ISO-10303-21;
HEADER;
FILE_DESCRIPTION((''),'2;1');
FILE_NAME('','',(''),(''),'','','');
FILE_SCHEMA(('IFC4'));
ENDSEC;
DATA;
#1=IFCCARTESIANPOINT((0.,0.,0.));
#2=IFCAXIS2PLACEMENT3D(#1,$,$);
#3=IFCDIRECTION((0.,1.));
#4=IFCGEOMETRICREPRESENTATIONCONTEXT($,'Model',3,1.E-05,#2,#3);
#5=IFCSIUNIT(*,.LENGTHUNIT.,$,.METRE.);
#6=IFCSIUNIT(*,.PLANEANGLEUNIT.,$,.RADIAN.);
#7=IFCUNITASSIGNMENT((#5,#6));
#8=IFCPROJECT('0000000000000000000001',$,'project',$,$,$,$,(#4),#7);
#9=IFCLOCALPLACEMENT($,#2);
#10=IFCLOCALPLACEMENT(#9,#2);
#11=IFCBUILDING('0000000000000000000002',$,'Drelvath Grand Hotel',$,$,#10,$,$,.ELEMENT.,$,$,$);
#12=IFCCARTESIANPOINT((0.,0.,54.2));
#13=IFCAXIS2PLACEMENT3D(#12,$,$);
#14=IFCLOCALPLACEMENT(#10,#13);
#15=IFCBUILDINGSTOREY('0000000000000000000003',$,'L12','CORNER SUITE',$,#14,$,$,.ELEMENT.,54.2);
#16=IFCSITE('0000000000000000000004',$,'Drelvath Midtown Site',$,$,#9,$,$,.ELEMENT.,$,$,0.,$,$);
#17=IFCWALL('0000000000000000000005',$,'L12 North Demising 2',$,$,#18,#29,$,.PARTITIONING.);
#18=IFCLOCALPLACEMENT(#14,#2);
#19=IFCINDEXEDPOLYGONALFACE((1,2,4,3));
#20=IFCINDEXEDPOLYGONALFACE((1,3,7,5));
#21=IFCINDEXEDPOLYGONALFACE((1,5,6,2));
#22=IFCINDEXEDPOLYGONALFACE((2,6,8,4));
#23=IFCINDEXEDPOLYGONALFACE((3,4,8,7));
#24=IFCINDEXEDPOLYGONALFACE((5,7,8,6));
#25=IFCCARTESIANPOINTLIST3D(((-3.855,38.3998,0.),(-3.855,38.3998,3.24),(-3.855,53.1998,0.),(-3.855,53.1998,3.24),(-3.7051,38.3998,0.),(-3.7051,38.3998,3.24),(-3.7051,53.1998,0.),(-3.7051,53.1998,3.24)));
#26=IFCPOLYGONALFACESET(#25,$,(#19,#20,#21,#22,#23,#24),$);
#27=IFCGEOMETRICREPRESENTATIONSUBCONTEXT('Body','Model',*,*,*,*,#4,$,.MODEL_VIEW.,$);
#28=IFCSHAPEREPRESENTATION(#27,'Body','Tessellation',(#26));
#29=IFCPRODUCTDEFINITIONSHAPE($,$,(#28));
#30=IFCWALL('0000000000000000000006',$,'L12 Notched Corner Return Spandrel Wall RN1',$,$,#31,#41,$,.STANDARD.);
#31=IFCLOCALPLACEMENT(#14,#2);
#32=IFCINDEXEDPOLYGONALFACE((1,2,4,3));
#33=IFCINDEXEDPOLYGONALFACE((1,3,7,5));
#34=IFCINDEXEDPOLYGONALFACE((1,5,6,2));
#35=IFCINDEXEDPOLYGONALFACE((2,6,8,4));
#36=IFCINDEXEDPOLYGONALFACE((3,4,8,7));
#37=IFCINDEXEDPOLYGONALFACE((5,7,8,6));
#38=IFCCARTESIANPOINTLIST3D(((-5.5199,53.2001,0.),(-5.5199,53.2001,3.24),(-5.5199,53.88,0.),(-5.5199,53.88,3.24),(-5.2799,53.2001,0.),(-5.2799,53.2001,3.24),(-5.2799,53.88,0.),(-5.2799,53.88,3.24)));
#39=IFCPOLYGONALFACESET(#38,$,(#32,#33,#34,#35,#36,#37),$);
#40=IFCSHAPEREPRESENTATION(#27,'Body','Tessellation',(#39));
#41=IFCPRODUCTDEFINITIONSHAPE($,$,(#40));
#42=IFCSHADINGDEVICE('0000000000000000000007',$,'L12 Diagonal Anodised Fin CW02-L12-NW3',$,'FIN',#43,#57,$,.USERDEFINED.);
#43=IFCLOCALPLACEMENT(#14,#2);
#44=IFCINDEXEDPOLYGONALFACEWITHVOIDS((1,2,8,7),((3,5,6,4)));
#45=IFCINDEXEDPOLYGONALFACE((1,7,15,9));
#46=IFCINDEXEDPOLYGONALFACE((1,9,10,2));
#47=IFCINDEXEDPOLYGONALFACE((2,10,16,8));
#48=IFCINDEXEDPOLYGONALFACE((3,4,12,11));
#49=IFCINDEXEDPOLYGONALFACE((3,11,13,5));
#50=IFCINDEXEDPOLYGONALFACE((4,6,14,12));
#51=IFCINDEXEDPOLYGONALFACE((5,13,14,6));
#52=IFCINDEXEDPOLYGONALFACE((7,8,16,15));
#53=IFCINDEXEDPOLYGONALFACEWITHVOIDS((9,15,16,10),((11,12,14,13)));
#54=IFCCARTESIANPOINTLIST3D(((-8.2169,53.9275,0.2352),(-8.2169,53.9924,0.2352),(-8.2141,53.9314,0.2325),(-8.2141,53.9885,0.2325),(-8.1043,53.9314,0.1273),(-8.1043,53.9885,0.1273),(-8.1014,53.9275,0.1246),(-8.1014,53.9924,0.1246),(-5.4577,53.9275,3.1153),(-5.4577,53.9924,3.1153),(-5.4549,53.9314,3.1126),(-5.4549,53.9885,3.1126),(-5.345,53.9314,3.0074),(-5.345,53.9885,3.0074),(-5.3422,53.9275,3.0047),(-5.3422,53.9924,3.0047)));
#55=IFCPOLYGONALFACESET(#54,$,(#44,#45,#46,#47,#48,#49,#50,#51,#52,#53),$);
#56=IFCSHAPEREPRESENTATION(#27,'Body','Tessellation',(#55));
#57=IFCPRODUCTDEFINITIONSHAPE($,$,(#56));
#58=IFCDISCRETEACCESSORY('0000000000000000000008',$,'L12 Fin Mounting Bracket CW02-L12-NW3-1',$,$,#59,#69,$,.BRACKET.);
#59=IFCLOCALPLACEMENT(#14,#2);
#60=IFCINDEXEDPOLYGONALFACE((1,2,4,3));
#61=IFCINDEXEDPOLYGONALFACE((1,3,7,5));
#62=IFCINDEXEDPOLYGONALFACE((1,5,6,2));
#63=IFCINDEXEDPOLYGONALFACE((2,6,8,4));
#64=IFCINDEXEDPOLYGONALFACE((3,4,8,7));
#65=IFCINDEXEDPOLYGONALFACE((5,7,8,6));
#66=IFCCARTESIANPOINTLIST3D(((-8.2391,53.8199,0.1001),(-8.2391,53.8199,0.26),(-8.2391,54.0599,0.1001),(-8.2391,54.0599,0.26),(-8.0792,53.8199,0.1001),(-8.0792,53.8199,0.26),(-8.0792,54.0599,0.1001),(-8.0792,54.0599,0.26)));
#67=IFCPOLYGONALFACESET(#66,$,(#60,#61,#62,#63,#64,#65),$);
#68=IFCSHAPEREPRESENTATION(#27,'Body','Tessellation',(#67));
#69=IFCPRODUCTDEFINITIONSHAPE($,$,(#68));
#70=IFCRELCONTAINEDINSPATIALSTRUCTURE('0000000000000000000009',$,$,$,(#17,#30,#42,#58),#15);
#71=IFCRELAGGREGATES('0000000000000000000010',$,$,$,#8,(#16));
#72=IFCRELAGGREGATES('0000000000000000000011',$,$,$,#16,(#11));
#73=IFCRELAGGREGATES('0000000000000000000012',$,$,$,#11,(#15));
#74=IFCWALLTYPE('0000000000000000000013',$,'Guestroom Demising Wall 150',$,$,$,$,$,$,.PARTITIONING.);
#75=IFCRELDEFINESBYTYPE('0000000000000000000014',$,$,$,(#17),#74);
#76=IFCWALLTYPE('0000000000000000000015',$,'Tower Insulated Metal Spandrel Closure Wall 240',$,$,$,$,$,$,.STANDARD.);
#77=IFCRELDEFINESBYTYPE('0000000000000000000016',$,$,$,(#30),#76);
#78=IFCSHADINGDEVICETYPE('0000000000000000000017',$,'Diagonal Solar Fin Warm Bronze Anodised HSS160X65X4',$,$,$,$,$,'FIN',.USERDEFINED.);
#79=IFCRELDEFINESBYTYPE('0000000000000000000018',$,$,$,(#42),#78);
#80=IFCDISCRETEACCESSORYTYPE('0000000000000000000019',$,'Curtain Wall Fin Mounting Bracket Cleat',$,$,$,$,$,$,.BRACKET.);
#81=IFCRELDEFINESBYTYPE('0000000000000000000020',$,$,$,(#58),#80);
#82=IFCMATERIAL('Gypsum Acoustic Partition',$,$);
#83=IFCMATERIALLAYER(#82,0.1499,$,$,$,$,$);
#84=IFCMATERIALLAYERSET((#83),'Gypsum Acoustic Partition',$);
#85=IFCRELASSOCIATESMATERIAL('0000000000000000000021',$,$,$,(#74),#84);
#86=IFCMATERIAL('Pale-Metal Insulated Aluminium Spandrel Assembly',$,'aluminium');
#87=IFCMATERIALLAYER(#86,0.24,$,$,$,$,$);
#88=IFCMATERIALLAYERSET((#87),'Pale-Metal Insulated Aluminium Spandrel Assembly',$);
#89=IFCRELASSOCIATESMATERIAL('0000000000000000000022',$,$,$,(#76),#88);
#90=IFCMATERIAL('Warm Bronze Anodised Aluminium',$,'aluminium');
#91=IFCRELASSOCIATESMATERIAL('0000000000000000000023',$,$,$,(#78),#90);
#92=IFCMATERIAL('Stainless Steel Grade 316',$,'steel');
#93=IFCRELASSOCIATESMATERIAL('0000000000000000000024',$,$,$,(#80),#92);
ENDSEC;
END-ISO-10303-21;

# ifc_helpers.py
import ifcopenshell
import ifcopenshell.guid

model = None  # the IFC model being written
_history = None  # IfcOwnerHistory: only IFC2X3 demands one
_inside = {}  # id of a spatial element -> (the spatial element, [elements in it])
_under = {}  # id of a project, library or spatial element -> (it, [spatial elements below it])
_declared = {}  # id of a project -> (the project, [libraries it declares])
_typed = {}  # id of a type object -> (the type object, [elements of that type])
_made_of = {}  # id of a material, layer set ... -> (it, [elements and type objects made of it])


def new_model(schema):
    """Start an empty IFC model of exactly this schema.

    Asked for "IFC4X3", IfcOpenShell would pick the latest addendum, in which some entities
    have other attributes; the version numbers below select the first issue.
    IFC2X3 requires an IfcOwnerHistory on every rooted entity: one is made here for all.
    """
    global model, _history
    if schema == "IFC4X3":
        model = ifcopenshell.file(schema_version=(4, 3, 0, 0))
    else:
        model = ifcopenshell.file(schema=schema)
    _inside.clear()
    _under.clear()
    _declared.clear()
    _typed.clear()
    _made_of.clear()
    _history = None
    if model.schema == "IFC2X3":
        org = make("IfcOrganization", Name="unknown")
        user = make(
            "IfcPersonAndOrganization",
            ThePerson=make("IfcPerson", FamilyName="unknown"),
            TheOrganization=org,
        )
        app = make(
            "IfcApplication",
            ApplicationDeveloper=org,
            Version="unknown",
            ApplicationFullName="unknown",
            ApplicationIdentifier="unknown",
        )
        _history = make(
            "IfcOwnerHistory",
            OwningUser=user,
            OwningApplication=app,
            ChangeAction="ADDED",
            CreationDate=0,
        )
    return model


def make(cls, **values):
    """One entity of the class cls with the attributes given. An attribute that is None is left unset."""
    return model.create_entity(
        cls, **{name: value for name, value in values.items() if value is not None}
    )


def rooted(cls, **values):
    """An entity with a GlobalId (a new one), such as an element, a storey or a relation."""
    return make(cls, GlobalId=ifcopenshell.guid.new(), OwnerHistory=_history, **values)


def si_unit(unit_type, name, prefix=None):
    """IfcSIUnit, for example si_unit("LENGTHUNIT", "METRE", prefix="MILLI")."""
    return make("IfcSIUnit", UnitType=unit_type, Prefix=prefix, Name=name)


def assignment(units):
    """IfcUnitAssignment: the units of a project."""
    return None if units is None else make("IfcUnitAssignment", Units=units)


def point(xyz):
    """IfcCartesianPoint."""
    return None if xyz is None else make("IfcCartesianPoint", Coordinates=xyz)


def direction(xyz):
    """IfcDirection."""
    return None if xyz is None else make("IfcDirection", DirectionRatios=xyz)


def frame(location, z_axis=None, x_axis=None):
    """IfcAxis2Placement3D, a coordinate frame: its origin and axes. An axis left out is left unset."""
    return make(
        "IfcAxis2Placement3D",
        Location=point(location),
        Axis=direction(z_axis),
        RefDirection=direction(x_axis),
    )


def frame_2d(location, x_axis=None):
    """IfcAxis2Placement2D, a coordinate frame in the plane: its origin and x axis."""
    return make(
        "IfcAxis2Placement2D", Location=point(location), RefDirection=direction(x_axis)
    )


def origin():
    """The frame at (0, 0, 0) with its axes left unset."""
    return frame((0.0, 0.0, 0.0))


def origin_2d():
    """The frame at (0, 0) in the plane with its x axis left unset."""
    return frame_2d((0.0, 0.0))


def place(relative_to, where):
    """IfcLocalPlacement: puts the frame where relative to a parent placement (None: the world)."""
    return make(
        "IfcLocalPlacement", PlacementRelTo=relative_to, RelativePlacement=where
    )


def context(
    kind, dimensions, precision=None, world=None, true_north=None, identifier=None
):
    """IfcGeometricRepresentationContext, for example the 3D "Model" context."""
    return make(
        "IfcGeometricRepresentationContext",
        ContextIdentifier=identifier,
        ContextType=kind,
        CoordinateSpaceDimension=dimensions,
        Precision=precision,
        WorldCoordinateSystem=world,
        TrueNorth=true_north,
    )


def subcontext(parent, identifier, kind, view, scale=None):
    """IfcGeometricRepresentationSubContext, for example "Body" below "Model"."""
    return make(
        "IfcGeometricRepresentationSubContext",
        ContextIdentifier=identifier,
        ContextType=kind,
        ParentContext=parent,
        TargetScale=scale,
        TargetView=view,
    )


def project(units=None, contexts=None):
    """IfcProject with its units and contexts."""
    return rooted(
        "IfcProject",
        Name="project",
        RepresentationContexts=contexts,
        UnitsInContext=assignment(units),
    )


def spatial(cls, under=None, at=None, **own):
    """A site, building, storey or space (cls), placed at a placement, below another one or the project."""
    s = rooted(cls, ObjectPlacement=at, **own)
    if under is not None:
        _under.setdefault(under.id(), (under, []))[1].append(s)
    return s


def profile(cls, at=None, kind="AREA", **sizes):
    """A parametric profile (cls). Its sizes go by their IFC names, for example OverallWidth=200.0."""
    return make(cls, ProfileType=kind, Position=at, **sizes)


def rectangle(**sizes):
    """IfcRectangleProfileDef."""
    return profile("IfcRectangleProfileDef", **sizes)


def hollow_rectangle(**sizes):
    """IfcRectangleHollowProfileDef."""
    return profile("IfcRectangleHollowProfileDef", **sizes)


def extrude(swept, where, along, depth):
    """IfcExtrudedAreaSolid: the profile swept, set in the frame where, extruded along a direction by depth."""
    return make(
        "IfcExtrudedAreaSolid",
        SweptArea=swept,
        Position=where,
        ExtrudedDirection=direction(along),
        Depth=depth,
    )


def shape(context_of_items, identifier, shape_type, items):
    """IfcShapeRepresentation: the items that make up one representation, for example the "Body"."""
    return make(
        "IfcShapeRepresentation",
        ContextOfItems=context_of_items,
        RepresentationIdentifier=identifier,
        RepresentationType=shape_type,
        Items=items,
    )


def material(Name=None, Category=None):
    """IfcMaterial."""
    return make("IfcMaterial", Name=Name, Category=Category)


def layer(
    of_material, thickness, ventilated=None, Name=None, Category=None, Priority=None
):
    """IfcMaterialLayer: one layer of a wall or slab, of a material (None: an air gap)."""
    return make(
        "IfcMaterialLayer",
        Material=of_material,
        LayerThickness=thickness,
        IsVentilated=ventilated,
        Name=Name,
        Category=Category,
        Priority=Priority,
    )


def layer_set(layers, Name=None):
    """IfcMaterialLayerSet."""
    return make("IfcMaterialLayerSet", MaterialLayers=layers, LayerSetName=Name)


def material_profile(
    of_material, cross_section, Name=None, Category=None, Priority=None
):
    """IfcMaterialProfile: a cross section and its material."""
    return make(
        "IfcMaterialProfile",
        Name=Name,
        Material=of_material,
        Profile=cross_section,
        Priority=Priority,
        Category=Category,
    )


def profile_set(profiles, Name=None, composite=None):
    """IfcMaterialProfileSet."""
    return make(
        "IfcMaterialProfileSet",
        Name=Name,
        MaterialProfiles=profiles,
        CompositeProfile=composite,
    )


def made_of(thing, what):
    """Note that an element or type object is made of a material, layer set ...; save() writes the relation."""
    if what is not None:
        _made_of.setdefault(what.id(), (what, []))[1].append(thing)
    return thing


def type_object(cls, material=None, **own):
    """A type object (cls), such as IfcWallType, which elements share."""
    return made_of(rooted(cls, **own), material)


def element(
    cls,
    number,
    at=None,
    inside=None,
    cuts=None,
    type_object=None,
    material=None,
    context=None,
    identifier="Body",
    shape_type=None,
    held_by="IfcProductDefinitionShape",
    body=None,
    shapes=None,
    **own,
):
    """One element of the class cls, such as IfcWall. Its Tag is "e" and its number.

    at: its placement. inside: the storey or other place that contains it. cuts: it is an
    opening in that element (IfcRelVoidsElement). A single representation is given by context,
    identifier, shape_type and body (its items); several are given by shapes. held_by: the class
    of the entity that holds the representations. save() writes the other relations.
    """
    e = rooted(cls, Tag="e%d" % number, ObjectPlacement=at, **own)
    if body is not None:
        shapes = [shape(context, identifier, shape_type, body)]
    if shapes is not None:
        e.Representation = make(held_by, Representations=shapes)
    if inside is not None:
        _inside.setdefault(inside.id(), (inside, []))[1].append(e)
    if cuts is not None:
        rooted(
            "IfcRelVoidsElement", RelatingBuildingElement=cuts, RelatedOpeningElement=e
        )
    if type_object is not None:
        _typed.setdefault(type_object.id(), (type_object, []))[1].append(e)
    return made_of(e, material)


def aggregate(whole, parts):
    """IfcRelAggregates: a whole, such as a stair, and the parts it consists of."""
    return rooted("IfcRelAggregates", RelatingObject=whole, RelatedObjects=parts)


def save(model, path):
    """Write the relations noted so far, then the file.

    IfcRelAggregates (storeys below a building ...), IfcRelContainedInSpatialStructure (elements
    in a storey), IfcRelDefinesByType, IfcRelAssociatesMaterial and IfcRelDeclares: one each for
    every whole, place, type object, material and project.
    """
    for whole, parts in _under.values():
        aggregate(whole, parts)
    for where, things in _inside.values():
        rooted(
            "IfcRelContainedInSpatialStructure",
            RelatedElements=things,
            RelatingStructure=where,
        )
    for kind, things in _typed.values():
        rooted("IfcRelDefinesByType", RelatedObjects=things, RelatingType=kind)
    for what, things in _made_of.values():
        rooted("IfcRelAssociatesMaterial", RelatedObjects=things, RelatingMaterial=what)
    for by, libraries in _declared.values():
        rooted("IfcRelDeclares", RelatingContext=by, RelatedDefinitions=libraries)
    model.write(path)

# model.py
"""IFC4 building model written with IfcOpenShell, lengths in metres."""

from ifc_helpers import new_model, si_unit, direction, frame, frame_2d, origin, origin_2d, place, context, subcontext, project, spatial, rectangle, hollow_rectangle, extrude, material, layer, layer_set, material_profile, profile_set, type_object, element, save


model = new_model("IFC4")

# Units and contexts
model_context = context("Model", 3, precision=1e-05, world=origin(), true_north=direction((0.0, 1.0)))
body_context = subcontext(model_context, "Body", "Model", "MODEL_VIEW")
ifc_project = project(units=[si_unit("LENGTHUNIT", "METRE"), si_unit("PLANEANGLEUNIT", "RADIAN")], contexts=[model_context])

# Site, building, storey
site_placement = place(None, origin())
site = spatial("IfcSite", under=ifc_project, at=site_placement, Name="Drelvath Midtown Site", CompositionType="ELEMENT", RefElevation=0.0)
building_placement = place(site_placement, origin())
building = spatial("IfcBuilding", under=site, at=building_placement, Name="Drelvath Grand Hotel", CompositionType="ELEMENT")
storey_placement = place(building_placement, frame((0.0, 0.0, 54.2)))
storey = spatial("IfcBuildingStorey", under=building, at=storey_placement, Name="L12", Description="CORNER SUITE", CompositionType="ELEMENT", Elevation=54.2)

# Walls
ifc_material_1 = material(Name="Gypsum Acoustic Partition")
ifc_layer_1 = layer(ifc_material_1, 0.1499)
ifc_layer_set_1 = layer_set([ifc_layer_1], Name="Gypsum Acoustic Partition")
wall_type_1 = type_object("IfcWallType", Name="Guestroom Demising Wall 150", PredefinedType="PARTITIONING", material=ifc_layer_set_1)
wall_1_placement = place(storey_placement, frame((-3.78, 38.3999, 0.0), z_axis=(0.0, 0.0, 1.0), x_axis=(0.0, 1.0, 0.0)))
element("IfcWall", 1, at=wall_1_placement, inside=storey, type_object=wall_type_1, Name="L12 North Demising 2", PredefinedType="PARTITIONING", context=body_context, shape_type="SweptSolid", body=[
    extrude(rectangle(XDim=14.8, YDim=0.1499, at=frame_2d((7.3999, 0.0))), origin(), (0.0, 0.0, 1.0), 3.24),
])
ifc_material_2 = material(Name="Pale-Metal Insulated Aluminium Spandrel Assembly", Category="aluminium")
ifc_layer_2 = layer(ifc_material_2, 0.24)
ifc_layer_set_2 = layer_set([ifc_layer_2], Name="Pale-Metal Insulated Aluminium Spandrel Assembly")
wall_type_2 = type_object("IfcWallType", Name="Tower Insulated Metal Spandrel Closure Wall 240", PredefinedType="STANDARD", material=ifc_layer_set_2)
wall_2_placement = place(storey_placement, frame((-5.3999, 53.8799, 0.0), z_axis=(0.0, 0.0, 1.0), x_axis=(0.0, -1.0, 0.0)))
element("IfcWall", 2, at=wall_2_placement, inside=storey, type_object=wall_type_2, Name="L12 Notched Corner Return Spandrel Wall RN1", PredefinedType="STANDARD", context=body_context, shape_type="SweptSolid", body=[
    extrude(rectangle(XDim=0.6799, YDim=0.24, at=frame_2d((0.3398, 0.0))), origin(), (0.0, 0.0, 1.0), 3.24),
])

# Shading device
ifc_material_3 = material(Name="Warm Bronze Anodised Aluminium", Category="aluminium")
ifc_material_profile_1 = material_profile(ifc_material_3, hollow_rectangle(XDim=0.0649, YDim=0.1599, WallThickness=0.0039, at=origin_2d()), Name="HSS160X65X4")
ifc_profile_set_1 = profile_set([ifc_material_profile_1], Name="Warm Bronze Anodised Aluminium")
shading_device_type = type_object("IfcShadingDeviceType", Name="Diagonal Solar Fin Warm Bronze Anodised HSS160X65X4", ElementType="FIN", PredefinedType="USERDEFINED", material=ifc_profile_set_1)
shading_device_placement = place(storey_placement, frame((-8.1592, 53.96, 0.1799), z_axis=(0.691795, 0.0, 0.722094), x_axis=(0.0, 1.0, 0.0)))
element("IfcShadingDevice", 3, at=shading_device_placement, inside=storey, type_object=shading_device_type, Name="L12 Diagonal Anodised Fin CW02-L12-NW3", ObjectType="FIN", PredefinedType="USERDEFINED", context=body_context, shape_type="SweptSolid", body=[
    extrude(hollow_rectangle(XDim=0.0649, YDim=0.1599, WallThickness=0.0039, at=origin_2d()), origin(), (0.0, 0.0, 1.0), 3.9885),
])

# Discrete accessory
ifc_material_4 = material(Name="Stainless Steel Grade 316", Category="steel")
discrete_accessory_type = type_object("IfcDiscreteAccessoryType", Name="Curtain Wall Fin Mounting Bracket Cleat", PredefinedType="BRACKET", material=ifc_material_4)
discrete_accessory_placement = place(storey_placement, frame((-8.1592, 53.9399, 0.1001), z_axis=(0.0, 0.0, 1.0), x_axis=(1.0, 0.0, 0.0)))
element("IfcDiscreteAccessory", 4, at=discrete_accessory_placement, inside=storey, type_object=discrete_accessory_type, Name="L12 Fin Mounting Bracket CW02-L12-NW3-1", PredefinedType="BRACKET", context=body_context, shape_type="SweptSolid", body=[
    extrude(rectangle(XDim=0.1599, YDim=0.24, at=origin_2d()), origin(), (0.0, 0.0, 1.0), 0.1599),
])

save(model, "model.ifc")
